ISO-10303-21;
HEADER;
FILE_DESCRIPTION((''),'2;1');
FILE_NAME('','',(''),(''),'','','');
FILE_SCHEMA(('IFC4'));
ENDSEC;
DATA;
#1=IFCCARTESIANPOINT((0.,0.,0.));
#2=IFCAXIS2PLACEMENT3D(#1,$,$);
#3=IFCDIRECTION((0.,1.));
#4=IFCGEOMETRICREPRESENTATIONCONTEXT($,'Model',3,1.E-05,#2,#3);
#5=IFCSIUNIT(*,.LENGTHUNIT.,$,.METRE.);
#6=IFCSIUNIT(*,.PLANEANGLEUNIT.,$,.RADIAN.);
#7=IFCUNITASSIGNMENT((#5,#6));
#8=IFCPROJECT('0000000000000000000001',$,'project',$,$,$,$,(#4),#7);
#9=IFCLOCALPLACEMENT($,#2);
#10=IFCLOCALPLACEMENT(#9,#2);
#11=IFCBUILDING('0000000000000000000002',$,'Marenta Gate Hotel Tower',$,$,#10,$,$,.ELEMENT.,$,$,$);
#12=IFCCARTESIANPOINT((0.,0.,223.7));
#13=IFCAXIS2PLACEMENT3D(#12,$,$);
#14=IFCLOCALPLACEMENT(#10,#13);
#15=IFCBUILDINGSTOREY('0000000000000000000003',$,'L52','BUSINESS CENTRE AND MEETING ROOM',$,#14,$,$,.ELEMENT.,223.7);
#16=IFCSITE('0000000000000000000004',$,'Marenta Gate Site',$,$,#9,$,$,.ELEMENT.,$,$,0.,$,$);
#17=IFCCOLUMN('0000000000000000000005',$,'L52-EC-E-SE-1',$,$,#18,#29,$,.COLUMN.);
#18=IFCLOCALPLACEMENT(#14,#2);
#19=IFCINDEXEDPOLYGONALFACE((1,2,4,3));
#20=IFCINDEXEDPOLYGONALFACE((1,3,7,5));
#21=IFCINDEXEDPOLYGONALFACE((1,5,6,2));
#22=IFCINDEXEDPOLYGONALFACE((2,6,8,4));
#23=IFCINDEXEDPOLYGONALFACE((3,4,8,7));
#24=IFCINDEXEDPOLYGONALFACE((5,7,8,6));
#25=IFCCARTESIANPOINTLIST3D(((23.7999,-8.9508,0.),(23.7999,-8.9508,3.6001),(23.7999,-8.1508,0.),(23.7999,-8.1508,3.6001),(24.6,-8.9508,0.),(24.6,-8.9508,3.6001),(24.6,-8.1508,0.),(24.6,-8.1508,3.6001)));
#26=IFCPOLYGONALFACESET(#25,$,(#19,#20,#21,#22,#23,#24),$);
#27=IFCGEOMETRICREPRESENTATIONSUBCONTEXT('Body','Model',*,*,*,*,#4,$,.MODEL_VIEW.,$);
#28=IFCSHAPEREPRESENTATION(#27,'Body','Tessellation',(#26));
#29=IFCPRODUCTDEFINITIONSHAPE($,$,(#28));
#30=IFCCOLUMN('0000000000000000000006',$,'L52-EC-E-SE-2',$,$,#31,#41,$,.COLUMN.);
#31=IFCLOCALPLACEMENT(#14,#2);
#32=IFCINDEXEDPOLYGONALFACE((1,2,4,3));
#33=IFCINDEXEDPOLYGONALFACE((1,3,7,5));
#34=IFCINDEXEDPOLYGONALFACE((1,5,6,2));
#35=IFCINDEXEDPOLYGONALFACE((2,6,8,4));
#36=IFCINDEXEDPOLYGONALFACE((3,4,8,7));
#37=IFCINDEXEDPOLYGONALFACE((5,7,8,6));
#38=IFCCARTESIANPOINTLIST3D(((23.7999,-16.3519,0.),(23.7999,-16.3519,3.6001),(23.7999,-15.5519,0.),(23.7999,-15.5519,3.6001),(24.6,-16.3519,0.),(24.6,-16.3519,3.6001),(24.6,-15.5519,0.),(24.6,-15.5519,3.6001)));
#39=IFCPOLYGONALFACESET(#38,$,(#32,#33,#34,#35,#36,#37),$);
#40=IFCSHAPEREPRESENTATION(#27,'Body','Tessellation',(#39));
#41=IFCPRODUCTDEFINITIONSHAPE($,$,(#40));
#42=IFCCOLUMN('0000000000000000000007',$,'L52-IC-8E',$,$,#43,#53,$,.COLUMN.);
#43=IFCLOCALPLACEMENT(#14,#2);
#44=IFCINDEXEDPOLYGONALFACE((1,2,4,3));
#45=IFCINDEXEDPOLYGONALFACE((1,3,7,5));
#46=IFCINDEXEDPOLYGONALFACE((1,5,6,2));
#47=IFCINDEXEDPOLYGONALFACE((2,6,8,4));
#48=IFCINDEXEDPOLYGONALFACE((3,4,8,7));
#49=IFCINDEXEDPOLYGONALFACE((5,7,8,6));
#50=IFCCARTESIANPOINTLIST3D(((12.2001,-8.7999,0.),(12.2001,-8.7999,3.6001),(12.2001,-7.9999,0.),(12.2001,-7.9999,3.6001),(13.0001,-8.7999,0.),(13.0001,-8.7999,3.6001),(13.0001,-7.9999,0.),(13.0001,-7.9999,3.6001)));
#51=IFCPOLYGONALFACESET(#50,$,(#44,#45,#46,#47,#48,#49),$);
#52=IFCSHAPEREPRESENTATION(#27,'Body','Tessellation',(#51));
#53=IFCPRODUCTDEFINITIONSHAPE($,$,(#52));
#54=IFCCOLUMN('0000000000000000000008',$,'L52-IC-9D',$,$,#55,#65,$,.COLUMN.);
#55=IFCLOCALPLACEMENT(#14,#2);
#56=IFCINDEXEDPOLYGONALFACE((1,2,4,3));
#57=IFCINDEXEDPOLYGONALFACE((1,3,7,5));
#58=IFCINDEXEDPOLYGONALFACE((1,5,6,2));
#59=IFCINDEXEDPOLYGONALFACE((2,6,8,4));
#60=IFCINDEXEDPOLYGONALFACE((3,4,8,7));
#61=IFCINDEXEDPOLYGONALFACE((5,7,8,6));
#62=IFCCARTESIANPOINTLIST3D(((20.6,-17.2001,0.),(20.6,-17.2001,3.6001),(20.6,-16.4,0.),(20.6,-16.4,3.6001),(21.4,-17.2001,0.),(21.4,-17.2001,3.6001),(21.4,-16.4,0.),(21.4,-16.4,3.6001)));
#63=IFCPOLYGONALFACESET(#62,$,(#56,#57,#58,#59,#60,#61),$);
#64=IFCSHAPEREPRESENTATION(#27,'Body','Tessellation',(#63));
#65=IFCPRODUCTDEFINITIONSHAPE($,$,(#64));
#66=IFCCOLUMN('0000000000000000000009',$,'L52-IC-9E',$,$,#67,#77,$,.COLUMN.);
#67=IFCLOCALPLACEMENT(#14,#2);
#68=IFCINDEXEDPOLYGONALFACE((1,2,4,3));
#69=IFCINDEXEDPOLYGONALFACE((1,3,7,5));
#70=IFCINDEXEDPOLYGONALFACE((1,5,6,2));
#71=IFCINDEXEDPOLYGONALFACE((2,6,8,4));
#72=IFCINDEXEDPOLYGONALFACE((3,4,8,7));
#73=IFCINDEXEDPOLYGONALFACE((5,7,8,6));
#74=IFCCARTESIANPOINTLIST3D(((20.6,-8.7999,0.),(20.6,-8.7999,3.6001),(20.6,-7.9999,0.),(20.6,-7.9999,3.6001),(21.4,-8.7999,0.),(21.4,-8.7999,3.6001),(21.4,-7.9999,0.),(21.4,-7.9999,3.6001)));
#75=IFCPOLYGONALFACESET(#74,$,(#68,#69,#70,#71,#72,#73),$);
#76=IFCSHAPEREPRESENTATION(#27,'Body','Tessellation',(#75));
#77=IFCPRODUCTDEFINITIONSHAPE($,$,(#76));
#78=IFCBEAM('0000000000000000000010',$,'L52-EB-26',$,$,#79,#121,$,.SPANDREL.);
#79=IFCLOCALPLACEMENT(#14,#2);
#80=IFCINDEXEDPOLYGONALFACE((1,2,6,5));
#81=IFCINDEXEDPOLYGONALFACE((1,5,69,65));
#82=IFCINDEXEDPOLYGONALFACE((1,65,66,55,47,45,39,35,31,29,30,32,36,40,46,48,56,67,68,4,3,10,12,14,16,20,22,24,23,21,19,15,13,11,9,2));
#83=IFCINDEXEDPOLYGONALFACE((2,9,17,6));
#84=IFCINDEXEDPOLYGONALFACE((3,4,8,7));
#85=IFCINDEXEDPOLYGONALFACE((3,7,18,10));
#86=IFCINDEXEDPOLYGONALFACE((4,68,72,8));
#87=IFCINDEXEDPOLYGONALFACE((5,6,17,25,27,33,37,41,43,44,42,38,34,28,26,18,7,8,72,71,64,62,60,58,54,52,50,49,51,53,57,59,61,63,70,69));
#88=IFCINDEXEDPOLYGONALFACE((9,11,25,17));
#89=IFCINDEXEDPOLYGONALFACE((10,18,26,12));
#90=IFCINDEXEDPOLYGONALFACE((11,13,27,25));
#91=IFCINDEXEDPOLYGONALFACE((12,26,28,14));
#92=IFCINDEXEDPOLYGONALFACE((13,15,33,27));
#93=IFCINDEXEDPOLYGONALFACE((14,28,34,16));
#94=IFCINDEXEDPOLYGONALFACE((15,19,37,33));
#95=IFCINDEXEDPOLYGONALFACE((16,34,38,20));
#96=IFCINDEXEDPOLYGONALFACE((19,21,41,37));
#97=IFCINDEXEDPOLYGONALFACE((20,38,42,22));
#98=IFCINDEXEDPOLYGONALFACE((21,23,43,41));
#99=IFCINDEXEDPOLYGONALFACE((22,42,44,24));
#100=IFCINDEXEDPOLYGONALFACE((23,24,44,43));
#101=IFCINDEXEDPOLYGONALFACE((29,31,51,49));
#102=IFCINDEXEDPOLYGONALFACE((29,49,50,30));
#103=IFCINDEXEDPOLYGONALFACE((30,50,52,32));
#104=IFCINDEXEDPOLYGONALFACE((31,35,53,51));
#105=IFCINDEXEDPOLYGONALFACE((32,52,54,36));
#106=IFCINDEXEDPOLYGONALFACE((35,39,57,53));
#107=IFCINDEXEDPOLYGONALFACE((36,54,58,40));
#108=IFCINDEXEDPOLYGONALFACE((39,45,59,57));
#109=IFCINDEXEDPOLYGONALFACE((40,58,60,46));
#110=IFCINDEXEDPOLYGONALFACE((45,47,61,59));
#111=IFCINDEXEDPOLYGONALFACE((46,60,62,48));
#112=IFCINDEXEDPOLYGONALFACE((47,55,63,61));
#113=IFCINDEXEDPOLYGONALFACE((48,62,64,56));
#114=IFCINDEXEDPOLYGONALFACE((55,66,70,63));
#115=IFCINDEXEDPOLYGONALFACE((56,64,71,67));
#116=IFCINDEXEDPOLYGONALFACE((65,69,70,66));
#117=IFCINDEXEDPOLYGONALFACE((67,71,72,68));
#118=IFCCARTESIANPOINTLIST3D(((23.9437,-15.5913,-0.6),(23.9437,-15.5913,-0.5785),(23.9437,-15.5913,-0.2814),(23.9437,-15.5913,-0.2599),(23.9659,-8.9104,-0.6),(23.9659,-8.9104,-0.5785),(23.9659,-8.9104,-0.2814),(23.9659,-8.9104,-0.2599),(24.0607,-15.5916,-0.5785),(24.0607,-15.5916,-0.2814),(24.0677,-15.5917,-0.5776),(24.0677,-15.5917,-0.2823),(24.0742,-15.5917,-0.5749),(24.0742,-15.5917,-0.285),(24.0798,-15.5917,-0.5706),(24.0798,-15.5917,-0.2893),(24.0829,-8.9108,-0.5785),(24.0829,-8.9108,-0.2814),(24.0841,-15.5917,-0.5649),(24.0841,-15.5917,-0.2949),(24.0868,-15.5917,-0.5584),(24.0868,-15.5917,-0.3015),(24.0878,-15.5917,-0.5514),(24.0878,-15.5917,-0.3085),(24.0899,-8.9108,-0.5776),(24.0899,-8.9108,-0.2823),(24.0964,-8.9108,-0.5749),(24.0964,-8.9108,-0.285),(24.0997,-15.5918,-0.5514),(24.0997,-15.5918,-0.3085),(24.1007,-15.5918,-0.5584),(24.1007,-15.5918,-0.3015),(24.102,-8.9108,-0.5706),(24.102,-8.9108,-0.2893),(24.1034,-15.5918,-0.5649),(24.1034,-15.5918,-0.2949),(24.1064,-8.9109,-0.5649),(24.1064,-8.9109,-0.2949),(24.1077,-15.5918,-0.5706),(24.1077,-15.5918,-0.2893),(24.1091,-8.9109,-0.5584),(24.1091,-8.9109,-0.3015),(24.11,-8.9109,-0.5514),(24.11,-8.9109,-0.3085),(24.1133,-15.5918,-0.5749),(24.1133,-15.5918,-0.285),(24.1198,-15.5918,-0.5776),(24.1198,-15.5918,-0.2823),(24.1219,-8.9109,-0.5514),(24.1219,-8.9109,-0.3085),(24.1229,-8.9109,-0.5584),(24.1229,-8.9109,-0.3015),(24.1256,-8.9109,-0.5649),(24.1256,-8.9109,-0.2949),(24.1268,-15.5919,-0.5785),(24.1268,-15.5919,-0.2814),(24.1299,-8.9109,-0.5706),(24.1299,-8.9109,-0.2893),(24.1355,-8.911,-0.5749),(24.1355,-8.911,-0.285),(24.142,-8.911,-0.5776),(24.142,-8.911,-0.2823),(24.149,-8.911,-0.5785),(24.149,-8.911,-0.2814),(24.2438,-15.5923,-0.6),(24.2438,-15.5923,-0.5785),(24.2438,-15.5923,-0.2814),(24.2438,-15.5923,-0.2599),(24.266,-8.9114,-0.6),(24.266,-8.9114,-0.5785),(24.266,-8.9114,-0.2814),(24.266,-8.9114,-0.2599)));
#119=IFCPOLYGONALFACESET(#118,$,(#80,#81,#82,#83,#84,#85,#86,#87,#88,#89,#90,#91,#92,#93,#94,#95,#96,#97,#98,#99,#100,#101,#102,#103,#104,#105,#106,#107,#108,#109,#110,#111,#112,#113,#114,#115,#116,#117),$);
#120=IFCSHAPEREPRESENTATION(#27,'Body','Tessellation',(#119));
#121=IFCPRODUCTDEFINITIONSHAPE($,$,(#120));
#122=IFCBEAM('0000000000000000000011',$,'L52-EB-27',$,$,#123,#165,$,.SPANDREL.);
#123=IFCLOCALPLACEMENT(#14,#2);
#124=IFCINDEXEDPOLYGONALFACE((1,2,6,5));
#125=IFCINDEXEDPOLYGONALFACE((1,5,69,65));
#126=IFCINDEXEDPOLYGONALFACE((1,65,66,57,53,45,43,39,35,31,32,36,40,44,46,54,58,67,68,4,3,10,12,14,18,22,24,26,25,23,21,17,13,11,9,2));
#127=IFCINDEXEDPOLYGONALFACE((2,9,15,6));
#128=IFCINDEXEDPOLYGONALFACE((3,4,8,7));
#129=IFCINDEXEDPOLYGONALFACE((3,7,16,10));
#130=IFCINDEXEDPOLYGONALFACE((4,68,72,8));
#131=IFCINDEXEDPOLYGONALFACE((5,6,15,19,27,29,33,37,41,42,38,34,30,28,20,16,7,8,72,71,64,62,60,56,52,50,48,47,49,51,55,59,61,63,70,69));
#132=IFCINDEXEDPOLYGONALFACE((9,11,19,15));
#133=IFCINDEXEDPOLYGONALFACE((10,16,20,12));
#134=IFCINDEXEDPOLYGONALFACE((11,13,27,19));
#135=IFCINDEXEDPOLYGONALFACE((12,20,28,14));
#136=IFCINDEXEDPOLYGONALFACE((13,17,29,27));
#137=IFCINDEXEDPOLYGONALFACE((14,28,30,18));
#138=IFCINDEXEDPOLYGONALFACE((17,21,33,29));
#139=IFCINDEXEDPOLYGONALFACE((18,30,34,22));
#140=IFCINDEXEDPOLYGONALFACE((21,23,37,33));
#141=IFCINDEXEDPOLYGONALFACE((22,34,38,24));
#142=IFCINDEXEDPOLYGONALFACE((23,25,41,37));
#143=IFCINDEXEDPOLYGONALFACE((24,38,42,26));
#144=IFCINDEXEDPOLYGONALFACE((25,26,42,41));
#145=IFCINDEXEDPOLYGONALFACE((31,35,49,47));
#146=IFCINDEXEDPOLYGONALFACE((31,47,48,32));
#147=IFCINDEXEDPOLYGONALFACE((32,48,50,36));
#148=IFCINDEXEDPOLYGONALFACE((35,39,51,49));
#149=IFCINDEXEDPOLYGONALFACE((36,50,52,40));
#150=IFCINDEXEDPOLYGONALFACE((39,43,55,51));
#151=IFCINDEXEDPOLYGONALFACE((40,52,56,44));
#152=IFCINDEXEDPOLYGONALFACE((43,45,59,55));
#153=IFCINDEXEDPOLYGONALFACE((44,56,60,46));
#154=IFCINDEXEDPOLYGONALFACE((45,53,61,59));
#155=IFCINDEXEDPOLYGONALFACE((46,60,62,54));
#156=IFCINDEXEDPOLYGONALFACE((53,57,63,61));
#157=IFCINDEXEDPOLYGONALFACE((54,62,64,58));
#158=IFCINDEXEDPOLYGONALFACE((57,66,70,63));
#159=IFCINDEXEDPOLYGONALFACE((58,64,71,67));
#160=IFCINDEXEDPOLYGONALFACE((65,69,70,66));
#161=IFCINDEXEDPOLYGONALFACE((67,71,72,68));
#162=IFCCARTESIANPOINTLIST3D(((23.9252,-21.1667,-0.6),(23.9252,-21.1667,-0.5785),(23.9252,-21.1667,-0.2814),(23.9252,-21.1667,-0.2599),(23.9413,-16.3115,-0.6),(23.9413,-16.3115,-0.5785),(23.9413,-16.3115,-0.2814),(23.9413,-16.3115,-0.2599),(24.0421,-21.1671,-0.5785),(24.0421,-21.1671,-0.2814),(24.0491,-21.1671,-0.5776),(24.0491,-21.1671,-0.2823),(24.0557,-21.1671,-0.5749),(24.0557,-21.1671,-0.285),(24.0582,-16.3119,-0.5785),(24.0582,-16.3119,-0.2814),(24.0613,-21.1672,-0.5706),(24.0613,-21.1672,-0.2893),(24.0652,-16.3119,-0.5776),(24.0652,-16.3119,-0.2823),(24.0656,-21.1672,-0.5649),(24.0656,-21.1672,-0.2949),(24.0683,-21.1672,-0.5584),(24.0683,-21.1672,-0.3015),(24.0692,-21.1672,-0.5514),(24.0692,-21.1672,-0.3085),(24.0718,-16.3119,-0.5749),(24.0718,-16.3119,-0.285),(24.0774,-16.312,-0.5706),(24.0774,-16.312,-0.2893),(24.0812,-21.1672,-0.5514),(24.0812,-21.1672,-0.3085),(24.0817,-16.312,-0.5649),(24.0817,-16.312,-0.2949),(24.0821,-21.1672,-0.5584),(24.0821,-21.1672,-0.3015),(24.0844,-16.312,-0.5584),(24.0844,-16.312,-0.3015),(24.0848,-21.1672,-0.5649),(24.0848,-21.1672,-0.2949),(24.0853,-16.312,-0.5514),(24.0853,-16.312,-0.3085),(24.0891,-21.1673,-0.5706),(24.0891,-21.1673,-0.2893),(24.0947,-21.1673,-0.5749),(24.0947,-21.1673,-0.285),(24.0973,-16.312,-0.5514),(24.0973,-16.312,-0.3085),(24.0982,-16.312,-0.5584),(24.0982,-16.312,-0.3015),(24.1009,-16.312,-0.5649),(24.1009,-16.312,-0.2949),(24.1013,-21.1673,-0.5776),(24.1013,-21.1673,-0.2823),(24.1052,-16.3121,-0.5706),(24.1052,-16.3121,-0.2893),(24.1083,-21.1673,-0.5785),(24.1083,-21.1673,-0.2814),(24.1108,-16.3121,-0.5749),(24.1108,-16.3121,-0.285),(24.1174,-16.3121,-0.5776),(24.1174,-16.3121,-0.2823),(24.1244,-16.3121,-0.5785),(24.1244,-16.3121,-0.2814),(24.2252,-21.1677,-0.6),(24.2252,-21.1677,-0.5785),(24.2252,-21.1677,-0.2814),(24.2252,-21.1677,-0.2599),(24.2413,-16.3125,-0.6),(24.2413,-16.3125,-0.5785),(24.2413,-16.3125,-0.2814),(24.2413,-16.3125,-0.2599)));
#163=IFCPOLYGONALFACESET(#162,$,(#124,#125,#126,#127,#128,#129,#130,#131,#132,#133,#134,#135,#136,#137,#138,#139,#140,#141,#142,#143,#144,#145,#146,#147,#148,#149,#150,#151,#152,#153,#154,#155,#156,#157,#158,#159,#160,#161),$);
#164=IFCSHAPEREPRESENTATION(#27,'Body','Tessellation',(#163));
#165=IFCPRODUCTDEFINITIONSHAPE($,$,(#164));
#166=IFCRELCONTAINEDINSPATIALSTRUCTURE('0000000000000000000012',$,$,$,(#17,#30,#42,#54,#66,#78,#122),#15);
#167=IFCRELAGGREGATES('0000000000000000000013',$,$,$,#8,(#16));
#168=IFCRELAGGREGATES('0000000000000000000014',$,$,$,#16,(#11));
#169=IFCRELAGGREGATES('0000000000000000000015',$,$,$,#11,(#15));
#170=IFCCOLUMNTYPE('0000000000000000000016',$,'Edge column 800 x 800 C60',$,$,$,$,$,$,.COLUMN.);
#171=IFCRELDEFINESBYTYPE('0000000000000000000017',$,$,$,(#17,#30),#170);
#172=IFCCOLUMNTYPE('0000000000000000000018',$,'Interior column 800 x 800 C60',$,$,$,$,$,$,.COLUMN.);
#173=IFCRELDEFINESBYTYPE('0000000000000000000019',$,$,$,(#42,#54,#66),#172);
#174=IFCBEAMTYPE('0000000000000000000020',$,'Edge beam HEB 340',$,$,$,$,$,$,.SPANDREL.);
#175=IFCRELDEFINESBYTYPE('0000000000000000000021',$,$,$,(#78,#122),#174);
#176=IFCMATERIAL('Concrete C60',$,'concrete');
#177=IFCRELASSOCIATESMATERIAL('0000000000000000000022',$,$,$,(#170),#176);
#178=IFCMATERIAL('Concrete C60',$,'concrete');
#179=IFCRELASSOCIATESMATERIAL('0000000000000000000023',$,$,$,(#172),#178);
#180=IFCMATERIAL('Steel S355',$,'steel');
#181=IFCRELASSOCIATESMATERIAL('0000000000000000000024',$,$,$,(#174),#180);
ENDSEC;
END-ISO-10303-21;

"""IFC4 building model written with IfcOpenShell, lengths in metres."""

from ifc_helpers import new_model, si_unit, direction, frame, origin, origin_2d, place, context, subcontext, project, spatial, rectangle, i_section, extrude, material, material_profile, profile_set, type_object, element, save


model = new_model("IFC4")

# Units and contexts
model_context = context("Model", 3, precision=1e-05, world=origin(), true_north=direction((0.0, 1.0)))
body_context = subcontext(model_context, "Body", "Model", "MODEL_VIEW")
ifc_project = project(units=[si_unit("LENGTHUNIT", "METRE"), si_unit("PLANEANGLEUNIT", "RADIAN")], contexts=[model_context])

# Site, building, storey
site_placement = place(None, origin())
site = spatial("IfcSite", under=ifc_project, at=site_placement, Name="Marenta Gate Site", CompositionType="ELEMENT", RefElevation=0.0)
building_placement = place(site_placement, origin())
building = spatial("IfcBuilding", under=site, at=building_placement, Name="Marenta Gate Hotel Tower", CompositionType="ELEMENT")
storey_placement = place(building_placement, frame((0.0, 0.0, 223.7)))
storey = spatial("IfcBuildingStorey", under=building, at=storey_placement, Name="L52", Description="BUSINESS CENTRE AND MEETING ROOM", CompositionType="ELEMENT", Elevation=223.7)

# Columns
ifc_material_1 = material(Name="Concrete C60", Category="concrete")
ifc_material_profile_1 = material_profile(ifc_material_1, rectangle(XDim=0.8, YDim=0.8, at=origin_2d()), Name="800 x 800")
ifc_profile_set_1 = profile_set([ifc_material_profile_1], Name="Concrete C60")
column_type_1 = type_object("IfcColumnType", Name="Edge column 800 x 800 C60", PredefinedType="COLUMN", material=ifc_profile_set_1)
for number, where, z_axis, x_axis, name in (
    (1, (24.2, -8.5508, 0.0), (0.0, 0.0, 1.0), (1.0, 0.0, 0.0), "L52-EC-E-SE-1"),
    (2, (24.2, -15.9519, 0.0), (0.0, 0.0, 1.0), (1.0, 0.0, 0.0), "L52-EC-E-SE-2"),
):
    element("IfcColumn", number, at=place(storey_placement, frame(where, z_axis=z_axis, x_axis=x_axis)), inside=storey, type_object=column_type_1, Name=name, PredefinedType="COLUMN", context=body_context, shape_type="SweptSolid", body=[
        extrude(rectangle(XDim=0.8, YDim=0.8, at=origin_2d()), origin(), (0.0, 0.0, 1.0), 3.6001),
    ])
ifc_material_2 = material(Name="Concrete C60", Category="concrete")
ifc_material_profile_2 = material_profile(ifc_material_2, rectangle(XDim=0.8, YDim=0.8, at=origin_2d()), Name="800 x 800")
ifc_profile_set_2 = profile_set([ifc_material_profile_2], Name="Concrete C60")
column_type_2 = type_object("IfcColumnType", Name="Interior column 800 x 800 C60", PredefinedType="COLUMN", material=ifc_profile_set_2)
for number, where, z_axis, x_axis, name in (
    (3, (12.6001, -8.3999, 0.0), (0.0, 0.0, 1.0), (1.0, 0.0, 0.0), "L52-IC-8E"),
    (4, (21.0, -16.8, 0.0), (0.0, 0.0, 1.0), (1.0, 0.0, 0.0), "L52-IC-9D"),
    (5, (21.0, -8.3999, 0.0), (0.0, 0.0, 1.0), (1.0, 0.0, 0.0), "L52-IC-9E"),
):
    element("IfcColumn", number, at=place(storey_placement, frame(where, z_axis=z_axis, x_axis=x_axis)), inside=storey, type_object=column_type_2, Name=name, PredefinedType="COLUMN", context=body_context, shape_type="SweptSolid", body=[
        extrude(rectangle(XDim=0.8, YDim=0.8, at=origin_2d()), origin(), (0.0, 0.0, 1.0), 3.6001),
    ])

# Beams
ifc_material_3 = material(Name="Steel S355", Category="steel")
ifc_material_profile_3 = material_profile(ifc_material_3, i_section(OverallWidth=0.3, OverallDepth=0.3401, WebThickness=0.012, FlangeThickness=0.0215, FilletRadius=0.0271, at=origin_2d()), Name="HEB 340")
ifc_profile_set_3 = profile_set([ifc_material_profile_3], Name="Steel S355")
beam_type_1 = type_object("IfcBeamType", Name="Edge beam HEB 340", PredefinedType="SPANDREL", material=ifc_profile_set_3)
beam_1_placement = place(storey_placement, frame((24.116, -8.9109, -0.4299), z_axis=(-0.003325, -0.999994, 0.0), x_axis=(0.999994, -0.003325, 0.0)))
element("IfcBeam", 6, at=beam_1_placement, inside=storey, type_object=beam_type_1, Name="L52-EB-26", PredefinedType="SPANDREL", context=body_context, shape_type="SweptSolid", body=[
    extrude(i_section(OverallWidth=0.3, OverallDepth=0.3401, WebThickness=0.012, FlangeThickness=0.0215, FilletRadius=0.0271, at=origin_2d()), origin(), (0.0, 0.0, 1.0), 6.6809),
])
beam_2_placement = place(storey_placement, frame((24.0913, -16.312, -0.4299), z_axis=(-0.003319, -0.999994, 0.0), x_axis=(0.999994, -0.003319, 0.0)))
element("IfcBeam", 7, at=beam_2_placement, inside=storey, type_object=beam_type_1, Name="L52-EB-27", PredefinedType="SPANDREL", context=body_context, shape_type="SweptSolid", body=[
    extrude(i_section(OverallWidth=0.3, OverallDepth=0.3401, WebThickness=0.012, FlangeThickness=0.0215, FilletRadius=0.0271, at=origin_2d()), origin(), (0.0, 0.0, 1.0), 4.8552),
])

save(model, "model.ifc")
